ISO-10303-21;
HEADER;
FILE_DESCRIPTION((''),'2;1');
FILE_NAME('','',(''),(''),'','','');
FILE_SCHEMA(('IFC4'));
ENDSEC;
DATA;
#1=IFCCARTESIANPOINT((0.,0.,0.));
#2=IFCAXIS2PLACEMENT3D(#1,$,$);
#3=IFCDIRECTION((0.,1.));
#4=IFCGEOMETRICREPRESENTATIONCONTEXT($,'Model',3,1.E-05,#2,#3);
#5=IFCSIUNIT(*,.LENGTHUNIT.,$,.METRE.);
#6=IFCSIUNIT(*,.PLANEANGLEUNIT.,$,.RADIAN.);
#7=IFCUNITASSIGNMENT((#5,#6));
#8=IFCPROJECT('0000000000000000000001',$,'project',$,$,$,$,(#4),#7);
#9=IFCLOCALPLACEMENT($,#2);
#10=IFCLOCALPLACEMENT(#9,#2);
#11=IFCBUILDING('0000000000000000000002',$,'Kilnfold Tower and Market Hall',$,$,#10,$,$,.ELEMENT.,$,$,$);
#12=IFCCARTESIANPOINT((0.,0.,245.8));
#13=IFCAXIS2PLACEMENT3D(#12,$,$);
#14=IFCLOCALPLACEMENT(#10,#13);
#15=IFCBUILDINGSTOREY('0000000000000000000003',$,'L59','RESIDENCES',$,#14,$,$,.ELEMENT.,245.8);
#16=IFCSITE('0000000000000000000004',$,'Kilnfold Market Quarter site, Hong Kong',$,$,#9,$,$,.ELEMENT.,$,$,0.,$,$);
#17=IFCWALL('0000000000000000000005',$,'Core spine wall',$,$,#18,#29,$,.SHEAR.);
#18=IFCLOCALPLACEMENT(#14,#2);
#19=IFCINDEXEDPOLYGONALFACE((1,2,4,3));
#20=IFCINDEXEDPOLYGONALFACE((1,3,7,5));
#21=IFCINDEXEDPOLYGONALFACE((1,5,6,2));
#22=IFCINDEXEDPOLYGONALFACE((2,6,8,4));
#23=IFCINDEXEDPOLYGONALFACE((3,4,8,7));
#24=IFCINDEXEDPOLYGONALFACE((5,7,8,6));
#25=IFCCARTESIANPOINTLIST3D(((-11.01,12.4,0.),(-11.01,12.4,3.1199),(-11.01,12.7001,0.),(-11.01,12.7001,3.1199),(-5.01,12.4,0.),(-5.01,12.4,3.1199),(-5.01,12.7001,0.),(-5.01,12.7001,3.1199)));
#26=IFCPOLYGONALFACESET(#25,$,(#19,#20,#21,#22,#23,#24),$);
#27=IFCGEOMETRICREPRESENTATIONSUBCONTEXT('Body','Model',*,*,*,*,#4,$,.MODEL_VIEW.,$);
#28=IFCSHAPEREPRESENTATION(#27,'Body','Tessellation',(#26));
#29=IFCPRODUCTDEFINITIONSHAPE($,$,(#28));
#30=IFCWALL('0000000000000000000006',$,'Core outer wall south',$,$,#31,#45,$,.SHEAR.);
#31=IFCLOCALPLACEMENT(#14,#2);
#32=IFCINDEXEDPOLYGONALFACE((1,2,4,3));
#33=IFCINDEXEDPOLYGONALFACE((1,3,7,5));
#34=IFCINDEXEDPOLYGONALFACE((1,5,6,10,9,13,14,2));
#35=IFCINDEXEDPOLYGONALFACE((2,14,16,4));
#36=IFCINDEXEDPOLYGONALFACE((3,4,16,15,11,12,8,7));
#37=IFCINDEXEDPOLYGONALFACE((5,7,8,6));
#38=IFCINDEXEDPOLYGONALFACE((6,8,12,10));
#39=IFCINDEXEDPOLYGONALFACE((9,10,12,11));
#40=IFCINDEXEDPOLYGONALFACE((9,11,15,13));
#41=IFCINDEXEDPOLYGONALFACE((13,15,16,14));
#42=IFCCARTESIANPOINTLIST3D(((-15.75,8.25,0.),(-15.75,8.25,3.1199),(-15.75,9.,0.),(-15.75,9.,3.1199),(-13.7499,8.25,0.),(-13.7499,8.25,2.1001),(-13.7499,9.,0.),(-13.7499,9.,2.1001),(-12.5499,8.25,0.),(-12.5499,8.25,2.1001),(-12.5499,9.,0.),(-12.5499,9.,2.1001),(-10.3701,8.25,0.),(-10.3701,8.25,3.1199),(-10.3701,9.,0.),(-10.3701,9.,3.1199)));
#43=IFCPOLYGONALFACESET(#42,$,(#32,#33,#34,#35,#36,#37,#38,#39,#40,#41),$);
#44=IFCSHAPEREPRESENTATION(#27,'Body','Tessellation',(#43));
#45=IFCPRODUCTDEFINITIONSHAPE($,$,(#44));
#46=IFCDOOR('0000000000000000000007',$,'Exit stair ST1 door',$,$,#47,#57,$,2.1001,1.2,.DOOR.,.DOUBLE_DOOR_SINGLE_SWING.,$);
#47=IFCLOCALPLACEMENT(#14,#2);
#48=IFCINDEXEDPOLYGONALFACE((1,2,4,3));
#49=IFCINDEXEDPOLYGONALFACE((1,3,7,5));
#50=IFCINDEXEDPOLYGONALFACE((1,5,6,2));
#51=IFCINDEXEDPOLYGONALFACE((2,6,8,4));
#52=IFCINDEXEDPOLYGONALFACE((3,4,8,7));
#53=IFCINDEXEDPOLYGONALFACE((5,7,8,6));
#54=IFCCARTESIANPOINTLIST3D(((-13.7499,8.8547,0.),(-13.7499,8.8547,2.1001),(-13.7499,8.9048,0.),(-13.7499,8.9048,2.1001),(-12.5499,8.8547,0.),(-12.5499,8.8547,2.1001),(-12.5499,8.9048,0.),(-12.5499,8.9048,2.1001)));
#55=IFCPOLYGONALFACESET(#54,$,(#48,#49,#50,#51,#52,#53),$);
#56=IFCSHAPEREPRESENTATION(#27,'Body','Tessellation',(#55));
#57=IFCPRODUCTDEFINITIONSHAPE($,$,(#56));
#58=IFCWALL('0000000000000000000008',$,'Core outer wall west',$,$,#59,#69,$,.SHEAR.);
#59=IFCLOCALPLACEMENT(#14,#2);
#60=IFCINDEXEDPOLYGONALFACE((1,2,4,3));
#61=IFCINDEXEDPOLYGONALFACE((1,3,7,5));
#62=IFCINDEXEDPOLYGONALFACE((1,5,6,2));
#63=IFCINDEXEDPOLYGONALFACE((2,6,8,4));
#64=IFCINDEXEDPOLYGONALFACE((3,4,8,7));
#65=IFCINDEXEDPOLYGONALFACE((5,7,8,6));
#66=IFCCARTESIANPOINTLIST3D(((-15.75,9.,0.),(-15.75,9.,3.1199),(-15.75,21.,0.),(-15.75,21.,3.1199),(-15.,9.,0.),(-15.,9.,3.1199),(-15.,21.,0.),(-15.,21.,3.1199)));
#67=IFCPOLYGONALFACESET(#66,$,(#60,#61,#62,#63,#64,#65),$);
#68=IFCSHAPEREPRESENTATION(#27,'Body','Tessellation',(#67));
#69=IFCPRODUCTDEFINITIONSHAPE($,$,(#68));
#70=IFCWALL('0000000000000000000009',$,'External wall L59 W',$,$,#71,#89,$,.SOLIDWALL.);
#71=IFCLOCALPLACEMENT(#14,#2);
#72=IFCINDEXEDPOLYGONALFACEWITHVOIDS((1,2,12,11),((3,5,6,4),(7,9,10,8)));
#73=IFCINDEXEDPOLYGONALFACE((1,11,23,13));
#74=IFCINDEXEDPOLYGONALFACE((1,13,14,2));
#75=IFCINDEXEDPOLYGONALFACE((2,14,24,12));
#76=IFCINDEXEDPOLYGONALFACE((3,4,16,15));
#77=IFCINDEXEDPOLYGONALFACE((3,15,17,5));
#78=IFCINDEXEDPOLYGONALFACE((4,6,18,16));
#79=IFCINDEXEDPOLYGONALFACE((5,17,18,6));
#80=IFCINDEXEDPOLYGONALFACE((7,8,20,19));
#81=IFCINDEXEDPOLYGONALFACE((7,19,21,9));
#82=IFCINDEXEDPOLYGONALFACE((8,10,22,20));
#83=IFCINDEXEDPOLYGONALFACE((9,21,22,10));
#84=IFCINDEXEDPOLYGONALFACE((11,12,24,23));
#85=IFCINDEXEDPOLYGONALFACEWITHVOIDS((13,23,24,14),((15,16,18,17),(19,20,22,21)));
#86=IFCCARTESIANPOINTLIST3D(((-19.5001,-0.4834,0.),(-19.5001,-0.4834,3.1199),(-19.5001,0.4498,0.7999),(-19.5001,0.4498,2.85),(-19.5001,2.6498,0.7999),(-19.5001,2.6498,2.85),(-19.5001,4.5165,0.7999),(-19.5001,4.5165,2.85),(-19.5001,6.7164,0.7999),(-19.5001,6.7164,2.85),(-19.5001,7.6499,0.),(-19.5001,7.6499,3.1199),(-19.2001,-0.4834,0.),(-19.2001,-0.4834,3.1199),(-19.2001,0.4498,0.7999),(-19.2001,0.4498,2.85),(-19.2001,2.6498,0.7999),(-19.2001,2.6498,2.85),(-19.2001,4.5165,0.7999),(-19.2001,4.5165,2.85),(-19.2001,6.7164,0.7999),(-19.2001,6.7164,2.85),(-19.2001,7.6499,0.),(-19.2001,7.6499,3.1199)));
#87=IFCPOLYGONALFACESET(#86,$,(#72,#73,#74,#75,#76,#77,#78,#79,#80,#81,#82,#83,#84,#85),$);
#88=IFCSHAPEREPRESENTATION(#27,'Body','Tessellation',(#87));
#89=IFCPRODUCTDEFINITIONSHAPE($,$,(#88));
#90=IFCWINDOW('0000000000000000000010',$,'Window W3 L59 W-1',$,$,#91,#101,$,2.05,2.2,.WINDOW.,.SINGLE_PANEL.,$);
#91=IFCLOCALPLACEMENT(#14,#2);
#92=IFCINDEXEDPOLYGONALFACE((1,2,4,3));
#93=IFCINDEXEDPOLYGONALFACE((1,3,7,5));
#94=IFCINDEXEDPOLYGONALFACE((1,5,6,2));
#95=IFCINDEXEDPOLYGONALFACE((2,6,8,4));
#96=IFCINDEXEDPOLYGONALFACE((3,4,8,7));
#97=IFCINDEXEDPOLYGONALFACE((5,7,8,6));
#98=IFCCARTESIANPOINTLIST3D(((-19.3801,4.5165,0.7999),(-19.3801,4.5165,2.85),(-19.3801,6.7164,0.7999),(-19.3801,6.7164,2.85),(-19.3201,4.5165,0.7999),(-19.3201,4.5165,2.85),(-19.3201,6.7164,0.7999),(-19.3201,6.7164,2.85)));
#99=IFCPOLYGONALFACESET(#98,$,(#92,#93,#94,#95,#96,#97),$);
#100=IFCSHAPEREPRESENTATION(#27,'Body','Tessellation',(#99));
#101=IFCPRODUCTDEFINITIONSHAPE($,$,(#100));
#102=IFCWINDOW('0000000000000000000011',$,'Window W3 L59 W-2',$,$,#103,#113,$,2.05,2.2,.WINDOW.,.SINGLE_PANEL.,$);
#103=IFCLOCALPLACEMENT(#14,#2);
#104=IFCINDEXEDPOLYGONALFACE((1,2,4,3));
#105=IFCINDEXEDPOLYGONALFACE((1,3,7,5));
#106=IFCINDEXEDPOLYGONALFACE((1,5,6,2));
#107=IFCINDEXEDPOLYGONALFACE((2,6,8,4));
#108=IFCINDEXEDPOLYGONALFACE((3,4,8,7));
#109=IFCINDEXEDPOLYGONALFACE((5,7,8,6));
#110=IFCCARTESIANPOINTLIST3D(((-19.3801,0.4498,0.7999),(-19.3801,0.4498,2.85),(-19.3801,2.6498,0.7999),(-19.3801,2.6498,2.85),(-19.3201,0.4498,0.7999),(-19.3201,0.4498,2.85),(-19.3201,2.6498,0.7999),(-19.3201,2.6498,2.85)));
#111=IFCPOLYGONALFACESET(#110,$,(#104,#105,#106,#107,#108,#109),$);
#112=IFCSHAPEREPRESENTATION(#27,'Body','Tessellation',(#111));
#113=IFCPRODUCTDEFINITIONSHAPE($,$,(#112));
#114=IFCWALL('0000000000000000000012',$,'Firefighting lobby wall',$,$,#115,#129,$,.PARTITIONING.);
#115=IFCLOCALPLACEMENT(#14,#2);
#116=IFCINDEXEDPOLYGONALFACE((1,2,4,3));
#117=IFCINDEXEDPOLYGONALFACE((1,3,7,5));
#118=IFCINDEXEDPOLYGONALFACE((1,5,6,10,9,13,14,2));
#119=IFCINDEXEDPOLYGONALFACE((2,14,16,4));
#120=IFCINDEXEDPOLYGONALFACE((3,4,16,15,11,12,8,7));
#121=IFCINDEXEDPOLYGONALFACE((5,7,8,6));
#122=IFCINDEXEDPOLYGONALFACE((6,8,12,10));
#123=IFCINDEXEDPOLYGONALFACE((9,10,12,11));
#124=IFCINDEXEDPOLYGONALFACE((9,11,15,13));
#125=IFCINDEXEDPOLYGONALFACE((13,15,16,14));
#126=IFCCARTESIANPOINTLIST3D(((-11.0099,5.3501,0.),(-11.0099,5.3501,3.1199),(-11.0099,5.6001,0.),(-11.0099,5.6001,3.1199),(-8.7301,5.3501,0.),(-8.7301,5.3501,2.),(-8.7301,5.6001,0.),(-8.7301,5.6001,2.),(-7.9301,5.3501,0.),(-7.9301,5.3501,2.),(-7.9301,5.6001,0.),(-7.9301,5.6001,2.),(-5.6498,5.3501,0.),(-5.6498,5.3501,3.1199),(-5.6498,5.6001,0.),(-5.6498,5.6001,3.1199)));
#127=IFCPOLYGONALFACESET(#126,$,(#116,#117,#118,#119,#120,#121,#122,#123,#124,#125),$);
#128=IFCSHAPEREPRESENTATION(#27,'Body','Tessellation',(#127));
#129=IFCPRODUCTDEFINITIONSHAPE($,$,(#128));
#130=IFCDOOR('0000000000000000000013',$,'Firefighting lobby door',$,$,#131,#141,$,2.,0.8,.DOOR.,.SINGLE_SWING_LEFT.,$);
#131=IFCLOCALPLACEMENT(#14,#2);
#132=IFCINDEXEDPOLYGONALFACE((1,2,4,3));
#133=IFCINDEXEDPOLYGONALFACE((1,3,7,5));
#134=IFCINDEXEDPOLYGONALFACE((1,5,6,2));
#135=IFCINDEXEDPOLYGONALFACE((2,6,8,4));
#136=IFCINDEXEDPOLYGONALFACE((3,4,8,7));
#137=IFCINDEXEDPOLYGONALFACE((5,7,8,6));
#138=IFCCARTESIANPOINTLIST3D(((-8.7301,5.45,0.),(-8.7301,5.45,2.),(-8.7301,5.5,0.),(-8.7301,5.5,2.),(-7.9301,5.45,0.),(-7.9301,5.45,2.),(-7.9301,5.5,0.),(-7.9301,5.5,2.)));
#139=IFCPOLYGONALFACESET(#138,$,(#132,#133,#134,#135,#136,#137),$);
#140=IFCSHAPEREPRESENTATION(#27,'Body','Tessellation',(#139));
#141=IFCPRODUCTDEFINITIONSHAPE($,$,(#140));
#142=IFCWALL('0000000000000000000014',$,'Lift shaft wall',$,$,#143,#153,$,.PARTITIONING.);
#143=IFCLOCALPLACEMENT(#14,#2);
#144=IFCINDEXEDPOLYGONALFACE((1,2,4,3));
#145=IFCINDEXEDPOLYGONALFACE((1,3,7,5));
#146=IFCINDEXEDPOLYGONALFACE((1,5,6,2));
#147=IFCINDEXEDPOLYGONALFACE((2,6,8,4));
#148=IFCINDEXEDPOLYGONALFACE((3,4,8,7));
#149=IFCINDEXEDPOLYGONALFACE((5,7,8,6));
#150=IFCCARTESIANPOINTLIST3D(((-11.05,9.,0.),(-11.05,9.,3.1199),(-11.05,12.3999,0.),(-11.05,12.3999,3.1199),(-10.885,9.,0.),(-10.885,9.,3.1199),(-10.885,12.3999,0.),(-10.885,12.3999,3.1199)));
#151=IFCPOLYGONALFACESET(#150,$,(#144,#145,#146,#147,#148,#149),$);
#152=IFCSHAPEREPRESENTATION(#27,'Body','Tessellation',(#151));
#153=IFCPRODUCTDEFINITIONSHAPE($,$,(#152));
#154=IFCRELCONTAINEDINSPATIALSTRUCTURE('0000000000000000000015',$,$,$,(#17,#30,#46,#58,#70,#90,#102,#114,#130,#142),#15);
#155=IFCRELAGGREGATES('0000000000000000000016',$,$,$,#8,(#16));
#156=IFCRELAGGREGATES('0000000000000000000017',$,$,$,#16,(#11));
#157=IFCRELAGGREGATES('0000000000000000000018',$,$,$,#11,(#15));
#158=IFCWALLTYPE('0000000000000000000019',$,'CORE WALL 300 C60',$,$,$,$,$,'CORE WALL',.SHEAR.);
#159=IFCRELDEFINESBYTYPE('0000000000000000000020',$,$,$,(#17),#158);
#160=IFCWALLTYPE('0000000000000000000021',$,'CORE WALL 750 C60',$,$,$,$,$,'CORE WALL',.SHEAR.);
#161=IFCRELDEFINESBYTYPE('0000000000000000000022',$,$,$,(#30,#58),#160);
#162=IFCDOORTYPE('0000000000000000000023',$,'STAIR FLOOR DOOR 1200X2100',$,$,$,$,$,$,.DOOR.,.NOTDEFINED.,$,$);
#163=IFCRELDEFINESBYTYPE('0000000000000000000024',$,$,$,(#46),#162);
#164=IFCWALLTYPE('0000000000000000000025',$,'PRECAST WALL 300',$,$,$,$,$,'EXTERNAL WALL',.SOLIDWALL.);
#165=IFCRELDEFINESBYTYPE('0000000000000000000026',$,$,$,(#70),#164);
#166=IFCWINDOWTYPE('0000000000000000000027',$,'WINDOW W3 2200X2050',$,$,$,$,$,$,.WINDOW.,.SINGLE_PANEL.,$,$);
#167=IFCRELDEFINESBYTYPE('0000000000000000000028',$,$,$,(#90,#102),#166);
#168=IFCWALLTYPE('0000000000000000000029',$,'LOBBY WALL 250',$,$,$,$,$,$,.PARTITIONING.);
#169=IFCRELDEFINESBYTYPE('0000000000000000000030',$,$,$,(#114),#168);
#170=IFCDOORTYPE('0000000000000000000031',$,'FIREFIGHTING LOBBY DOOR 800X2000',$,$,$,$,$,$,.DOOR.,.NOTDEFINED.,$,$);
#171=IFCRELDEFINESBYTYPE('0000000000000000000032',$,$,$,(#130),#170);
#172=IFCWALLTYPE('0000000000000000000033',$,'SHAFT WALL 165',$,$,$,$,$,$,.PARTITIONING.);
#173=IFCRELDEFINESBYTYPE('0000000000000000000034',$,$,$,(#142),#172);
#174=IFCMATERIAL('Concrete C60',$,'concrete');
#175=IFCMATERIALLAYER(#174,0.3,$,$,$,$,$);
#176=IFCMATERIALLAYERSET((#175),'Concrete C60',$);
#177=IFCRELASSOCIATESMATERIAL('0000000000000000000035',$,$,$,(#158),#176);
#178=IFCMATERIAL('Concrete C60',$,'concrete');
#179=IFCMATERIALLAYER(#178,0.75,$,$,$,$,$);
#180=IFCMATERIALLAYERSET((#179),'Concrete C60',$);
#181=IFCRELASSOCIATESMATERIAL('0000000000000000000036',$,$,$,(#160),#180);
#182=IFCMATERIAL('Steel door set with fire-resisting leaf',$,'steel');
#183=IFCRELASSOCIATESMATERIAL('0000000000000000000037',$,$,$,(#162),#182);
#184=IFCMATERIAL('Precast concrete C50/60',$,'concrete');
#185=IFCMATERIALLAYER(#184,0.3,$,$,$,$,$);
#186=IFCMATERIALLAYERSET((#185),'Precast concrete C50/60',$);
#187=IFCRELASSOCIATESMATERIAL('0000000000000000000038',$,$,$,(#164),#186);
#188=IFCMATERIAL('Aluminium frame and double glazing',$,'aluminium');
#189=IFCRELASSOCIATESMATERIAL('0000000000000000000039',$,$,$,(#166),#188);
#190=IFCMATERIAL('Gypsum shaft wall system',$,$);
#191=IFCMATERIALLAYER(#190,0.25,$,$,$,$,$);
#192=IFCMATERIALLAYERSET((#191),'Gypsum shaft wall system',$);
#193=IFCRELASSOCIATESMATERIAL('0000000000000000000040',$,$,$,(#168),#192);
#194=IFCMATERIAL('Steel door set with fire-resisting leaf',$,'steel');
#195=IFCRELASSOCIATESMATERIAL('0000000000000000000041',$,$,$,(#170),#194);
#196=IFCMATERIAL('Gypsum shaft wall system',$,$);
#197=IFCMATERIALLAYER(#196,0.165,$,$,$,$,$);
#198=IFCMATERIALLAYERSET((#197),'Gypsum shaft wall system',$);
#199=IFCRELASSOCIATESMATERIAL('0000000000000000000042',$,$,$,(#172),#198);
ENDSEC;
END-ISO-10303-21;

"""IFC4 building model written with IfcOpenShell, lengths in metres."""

from ifc_helpers import new_model, si_unit, direction, frame, frame_2d, origin, place, context, subcontext, project, spatial, rectangle, extrude, source, transform, mapped, material, layer, layer_set, type_object, element, fill, save


model = new_model("IFC4")

# Units and contexts
model_context = context("Model", 3, precision=1e-05, world=origin(), true_north=direction((0.0, 1.0)))
body_context = subcontext(model_context, "Body", "Model", "MODEL_VIEW")
ifc_project = project(units=[si_unit("LENGTHUNIT", "METRE"), si_unit("PLANEANGLEUNIT", "RADIAN")], contexts=[model_context])

# Site, building, storey
site_placement = place(None, origin())
site = spatial("IfcSite", under=ifc_project, at=site_placement, Name="Kilnfold Market Quarter site, Hong Kong", CompositionType="ELEMENT", RefElevation=0.0)
building_placement = place(site_placement, origin())
building = spatial("IfcBuilding", under=site, at=building_placement, Name="Kilnfold Tower and Market Hall", CompositionType="ELEMENT")
storey_placement = place(building_placement, frame((0.0, 0.0, 245.8)))
storey = spatial("IfcBuildingStorey", under=building, at=storey_placement, Name="L59", Description="RESIDENCES", CompositionType="ELEMENT", Elevation=245.8)

# Wall
ifc_material_1 = material(Name="Concrete C60", Category="concrete")
ifc_layer_1 = layer(ifc_material_1, 0.3)
ifc_layer_set_1 = layer_set([ifc_layer_1], Name="Concrete C60")
wall_type_1 = type_object("IfcWallType", Name="CORE WALL 300 C60", ElementType="CORE WALL", PredefinedType="SHEAR", material=ifc_layer_set_1)
shared_shape_1 = source(origin(), body_context, "Body", "SweptSolid", [
    extrude(rectangle(XDim=6.0, YDim=0.3, at=frame_2d((3.0, 0.0))), origin(), (0.0, 0.0, 1.0), 3.1199),
])
wall_1_placement = place(storey_placement, frame((-11.01, 12.55, 0.0), z_axis=(0.0, 0.0, 1.0), x_axis=(1.0, 0.0, 0.0)))
element("IfcWall", 1, at=wall_1_placement, inside=storey, type_object=wall_type_1, Name="Core spine wall", PredefinedType="SHEAR", context=body_context, shape_type="MappedRepresentation", body=[
    mapped(shared_shape_1, transform((0.0, 0.0, 0.0))),
])

# Wall, opening, door
ifc_material_2 = material(Name="Concrete C60", Category="concrete")
ifc_layer_2 = layer(ifc_material_2, 0.75)
ifc_layer_set_2 = layer_set([ifc_layer_2], Name="Concrete C60")
wall_type_2 = type_object("IfcWallType", Name="CORE WALL 750 C60", ElementType="CORE WALL", PredefinedType="SHEAR", material=ifc_layer_set_2)
shared_shape_2 = source(origin(), body_context, "Body", "SweptSolid", [
    extrude(rectangle(XDim=5.3799, YDim=0.75, at=frame_2d((2.6899, 0.0))), origin(), (0.0, 0.0, 1.0), 3.1199),
])
wall_2_placement = place(storey_placement, frame((-15.75, 8.625, 0.0), z_axis=(0.0, 0.0, 1.0), x_axis=(1.0, 0.0, 0.0)))
wall_2 = element("IfcWall", 2, at=wall_2_placement, inside=storey, type_object=wall_type_2, Name="Core outer wall south", PredefinedType="SHEAR", context=body_context, shape_type="MappedRepresentation", body=[
    mapped(shared_shape_2, transform((0.0, 0.0, 0.0))),
])
opening_1_placement = place(wall_2_placement, frame((2.0, 0.0, 0.0)))
opening_1 = element("IfcOpeningElement", 3, at=opening_1_placement, cuts=wall_2, PredefinedType="OPENING", context=body_context, shape_type="SweptSolid", body=[
    extrude(rectangle(XDim=1.2, YDim=2.1001, at=frame_2d((0.6001, 1.05))), frame((0.0, 0.385, 0.0), z_axis=(0.0, -1.0, 0.0), x_axis=(1.0, 0.0, 0.0)), (0.0, 0.0, 1.0), 0.77),
])
ifc_material_3 = material(Name="Steel door set with fire-resisting leaf", Category="steel")
door_type_1 = type_object("IfcDoorType", Name="STAIR FLOOR DOOR 1200X2100", OperationType="NOTDEFINED", PredefinedType="DOOR", material=ifc_material_3)
door_1_placement = place(opening_1_placement, origin())
door_1 = element("IfcDoor", 4, at=door_1_placement, inside=storey, type_object=door_type_1, Name="Exit stair ST1 door", OperationType="DOUBLE_DOOR_SINGLE_SWING", OverallHeight=2.1001, OverallWidth=1.2, PredefinedType="DOOR", context=body_context, shape_type="SweptSolid", body=[
    extrude(rectangle(XDim=1.2, YDim=2.1001, at=frame_2d((0.6001, 1.05))), frame((0.0, 0.2798, 0.0), z_axis=(0.0, -1.0, 0.0), x_axis=(1.0, 0.0, 0.0)), (0.0, 0.0, 1.0), 0.05),
])
fill(opening_1, door_1)

# Wall
shared_shape_3 = source(origin(), body_context, "Body", "SweptSolid", [
    extrude(rectangle(XDim=12.0, YDim=0.75, at=frame_2d((6.0, 0.0))), origin(), (0.0, 0.0, 1.0), 3.1199),
])
wall_3_placement = place(storey_placement, frame((-15.375, 9.0, 0.0), z_axis=(0.0, 0.0, 1.0), x_axis=(0.0, 1.0, 0.0)))
element("IfcWall", 5, at=wall_3_placement, inside=storey, type_object=wall_type_2, Name="Core outer wall west", PredefinedType="SHEAR", context=body_context, shape_type="MappedRepresentation", body=[
    mapped(shared_shape_3, transform((0.0, 0.0, 0.0))),
])

# Wall, openings, windows
ifc_material_4 = material(Name="Precast concrete C50/60", Category="concrete")
ifc_layer_3 = layer(ifc_material_4, 0.3)
ifc_layer_set_3 = layer_set([ifc_layer_3], Name="Precast concrete C50/60")
wall_type_3 = type_object("IfcWallType", Name="PRECAST WALL 300", ElementType="EXTERNAL WALL", PredefinedType="SOLIDWALL", material=ifc_layer_set_3)
shared_shape_4 = source(origin(), body_context, "Body", "SweptSolid", [
    extrude(rectangle(XDim=8.1333, YDim=0.3, at=frame_2d((4.0667, 0.0))), origin(), (0.0, 0.0, 1.0), 3.1199),
])
wall_4_placement = place(storey_placement, frame((-19.3501, 7.6499, 0.0), z_axis=(0.0, 0.0, 1.0), x_axis=(0.0, -1.0, 0.0)))
wall_4 = element("IfcWall", 6, at=wall_4_placement, inside=storey, type_object=wall_type_3, Name="External wall L59 W", PredefinedType="SOLIDWALL", context=body_context, shape_type="MappedRepresentation", body=[
    mapped(shared_shape_4, transform((0.0, 0.0, 0.0))),
])
opening_2_placement = place(wall_4_placement, frame((0.9333, 0.0, 0.8)))
opening_2 = element("IfcOpeningElement", 7, at=opening_2_placement, cuts=wall_4, PredefinedType="OPENING", context=body_context, shape_type="SweptSolid", body=[
    extrude(rectangle(XDim=2.2, YDim=2.05, at=frame_2d((1.1001, 1.0249))), frame((0.0, 0.1602, 0.0), z_axis=(0.0, -1.0, 0.0), x_axis=(1.0, 0.0, 0.0)), (0.0, 0.0, 1.0), 0.3201),
])
opening_3_placement = place(wall_4_placement, frame((5.0, 0.0, 0.8)))
opening_3 = element("IfcOpeningElement", 8, at=opening_3_placement, cuts=wall_4, PredefinedType="OPENING", context=body_context, shape_type="SweptSolid", body=[
    extrude(rectangle(XDim=2.2, YDim=2.05, at=frame_2d((1.1001, 1.0249))), frame((0.0, 0.1602, 0.0), z_axis=(0.0, -1.0, 0.0), x_axis=(1.0, 0.0, 0.0)), (0.0, 0.0, 1.0), 0.3201),
])
ifc_material_5 = material(Name="Aluminium frame and double glazing", Category="aluminium")
window_type = type_object("IfcWindowType", Name="WINDOW W3 2200X2050", PartitioningType="SINGLE_PANEL", PredefinedType="WINDOW", material=ifc_material_5)
window_1_placement = place(opening_2_placement, origin())
window_1 = element("IfcWindow", 9, at=window_1_placement, inside=storey, type_object=window_type, Name="Window W3 L59 W-1", OverallHeight=2.05, OverallWidth=2.2, PartitioningType="SINGLE_PANEL", PredefinedType="WINDOW", context=body_context, shape_type="SweptSolid", body=[
    extrude(rectangle(XDim=2.2, YDim=2.05, at=frame_2d((1.1001, 1.0249))), frame((0.0, 0.03, 0.0), z_axis=(0.0, -1.0, 0.0), x_axis=(1.0, 0.0, 0.0)), (0.0, 0.0, 1.0), 0.0601),
])
fill(opening_2, window_1)
window_2_placement = place(opening_3_placement, origin())
window_2 = element("IfcWindow", 10, at=window_2_placement, inside=storey, type_object=window_type, Name="Window W3 L59 W-2", OverallHeight=2.05, OverallWidth=2.2, PartitioningType="SINGLE_PANEL", PredefinedType="WINDOW", context=body_context, shape_type="SweptSolid", body=[
    extrude(rectangle(XDim=2.2, YDim=2.05, at=frame_2d((1.1001, 1.0249))), frame((0.0, 0.03, 0.0), z_axis=(0.0, -1.0, 0.0), x_axis=(1.0, 0.0, 0.0)), (0.0, 0.0, 1.0), 0.0601),
])
fill(opening_3, window_2)

# Wall, opening, door
ifc_material_6 = material(Name="Gypsum shaft wall system")
ifc_layer_4 = layer(ifc_material_6, 0.25)
ifc_layer_set_4 = layer_set([ifc_layer_4], Name="Gypsum shaft wall system")
wall_type_4 = type_object("IfcWallType", Name="LOBBY WALL 250", PredefinedType="PARTITIONING", material=ifc_layer_set_4)
shared_shape_5 = source(origin(), body_context, "Body", "SweptSolid", [
    extrude(rectangle(XDim=5.3601, YDim=0.25, at=frame_2d((2.6802, 0.0))), origin(), (0.0, 0.0, 1.0), 3.1199),
])
wall_5_placement = place(storey_placement, frame((-11.01, 5.4751, 0.0), z_axis=(0.0, 0.0, 1.0), x_axis=(1.0, 0.0, 0.0)))
wall_5 = element("IfcWall", 11, at=wall_5_placement, inside=storey, type_object=wall_type_4, Name="Firefighting lobby wall", PredefinedType="PARTITIONING", context=body_context, shape_type="MappedRepresentation", body=[
    mapped(shared_shape_5, transform((0.0, 0.0, 0.0))),
])
opening_4_placement = place(wall_5_placement, frame((2.28, 0.0, 0.0)))
opening_4 = element("IfcOpeningElement", 12, at=opening_4_placement, cuts=wall_5, PredefinedType="OPENING", context=body_context, shape_type="SweptSolid", body=[
    extrude(rectangle(XDim=0.8, YDim=2.0, at=frame_2d((0.3999, 1.0))), frame((0.0, 0.135, 0.0), z_axis=(0.0, -1.0, 0.0), x_axis=(1.0, 0.0, 0.0)), (0.0, 0.0, 1.0), 0.27),
])
ifc_material_7 = material(Name="Steel door set with fire-resisting leaf", Category="steel")
door_type_2 = type_object("IfcDoorType", Name="FIREFIGHTING LOBBY DOOR 800X2000", OperationType="NOTDEFINED", PredefinedType="DOOR", material=ifc_material_7)
door_2_placement = place(opening_4_placement, origin())
door_2 = element("IfcDoor", 13, at=door_2_placement, inside=storey, type_object=door_type_2, Name="Firefighting lobby door", OperationType="SINGLE_SWING_LEFT", OverallHeight=2.0, OverallWidth=0.8, PredefinedType="DOOR", context=body_context, shape_type="SweptSolid", body=[
    extrude(rectangle(XDim=0.8, YDim=2.0, at=frame_2d((0.3999, 1.0))), frame((0.0, 0.0249, 0.0), z_axis=(0.0, -1.0, 0.0), x_axis=(1.0, 0.0, 0.0)), (0.0, 0.0, 1.0), 0.05),
])
fill(opening_4, door_2)

# Wall
ifc_material_8 = material(Name="Gypsum shaft wall system")
ifc_layer_5 = layer(ifc_material_8, 0.165)
ifc_layer_set_5 = layer_set([ifc_layer_5], Name="Gypsum shaft wall system")
wall_type_5 = type_object("IfcWallType", Name="SHAFT WALL 165", PredefinedType="PARTITIONING", material=ifc_layer_set_5)
shared_shape_6 = source(origin(), body_context, "Body", "SweptSolid", [
    extrude(rectangle(XDim=3.3999, YDim=0.165, at=frame_2d((1.7, 0.0))), origin(), (0.0, 0.0, 1.0), 3.1199),
])
wall_6_placement = place(storey_placement, frame((-10.9675, 9.0, 0.0), z_axis=(0.0, 0.0, 1.0), x_axis=(0.0, 1.0, 0.0)))
element("IfcWall", 14, at=wall_6_placement, inside=storey, type_object=wall_type_5, Name="Lift shaft wall", PredefinedType="PARTITIONING", context=body_context, shape_type="MappedRepresentation", body=[
    mapped(shared_shape_6, transform((0.0, 0.0, 0.0))),
])

save(model, "model.ifc")
